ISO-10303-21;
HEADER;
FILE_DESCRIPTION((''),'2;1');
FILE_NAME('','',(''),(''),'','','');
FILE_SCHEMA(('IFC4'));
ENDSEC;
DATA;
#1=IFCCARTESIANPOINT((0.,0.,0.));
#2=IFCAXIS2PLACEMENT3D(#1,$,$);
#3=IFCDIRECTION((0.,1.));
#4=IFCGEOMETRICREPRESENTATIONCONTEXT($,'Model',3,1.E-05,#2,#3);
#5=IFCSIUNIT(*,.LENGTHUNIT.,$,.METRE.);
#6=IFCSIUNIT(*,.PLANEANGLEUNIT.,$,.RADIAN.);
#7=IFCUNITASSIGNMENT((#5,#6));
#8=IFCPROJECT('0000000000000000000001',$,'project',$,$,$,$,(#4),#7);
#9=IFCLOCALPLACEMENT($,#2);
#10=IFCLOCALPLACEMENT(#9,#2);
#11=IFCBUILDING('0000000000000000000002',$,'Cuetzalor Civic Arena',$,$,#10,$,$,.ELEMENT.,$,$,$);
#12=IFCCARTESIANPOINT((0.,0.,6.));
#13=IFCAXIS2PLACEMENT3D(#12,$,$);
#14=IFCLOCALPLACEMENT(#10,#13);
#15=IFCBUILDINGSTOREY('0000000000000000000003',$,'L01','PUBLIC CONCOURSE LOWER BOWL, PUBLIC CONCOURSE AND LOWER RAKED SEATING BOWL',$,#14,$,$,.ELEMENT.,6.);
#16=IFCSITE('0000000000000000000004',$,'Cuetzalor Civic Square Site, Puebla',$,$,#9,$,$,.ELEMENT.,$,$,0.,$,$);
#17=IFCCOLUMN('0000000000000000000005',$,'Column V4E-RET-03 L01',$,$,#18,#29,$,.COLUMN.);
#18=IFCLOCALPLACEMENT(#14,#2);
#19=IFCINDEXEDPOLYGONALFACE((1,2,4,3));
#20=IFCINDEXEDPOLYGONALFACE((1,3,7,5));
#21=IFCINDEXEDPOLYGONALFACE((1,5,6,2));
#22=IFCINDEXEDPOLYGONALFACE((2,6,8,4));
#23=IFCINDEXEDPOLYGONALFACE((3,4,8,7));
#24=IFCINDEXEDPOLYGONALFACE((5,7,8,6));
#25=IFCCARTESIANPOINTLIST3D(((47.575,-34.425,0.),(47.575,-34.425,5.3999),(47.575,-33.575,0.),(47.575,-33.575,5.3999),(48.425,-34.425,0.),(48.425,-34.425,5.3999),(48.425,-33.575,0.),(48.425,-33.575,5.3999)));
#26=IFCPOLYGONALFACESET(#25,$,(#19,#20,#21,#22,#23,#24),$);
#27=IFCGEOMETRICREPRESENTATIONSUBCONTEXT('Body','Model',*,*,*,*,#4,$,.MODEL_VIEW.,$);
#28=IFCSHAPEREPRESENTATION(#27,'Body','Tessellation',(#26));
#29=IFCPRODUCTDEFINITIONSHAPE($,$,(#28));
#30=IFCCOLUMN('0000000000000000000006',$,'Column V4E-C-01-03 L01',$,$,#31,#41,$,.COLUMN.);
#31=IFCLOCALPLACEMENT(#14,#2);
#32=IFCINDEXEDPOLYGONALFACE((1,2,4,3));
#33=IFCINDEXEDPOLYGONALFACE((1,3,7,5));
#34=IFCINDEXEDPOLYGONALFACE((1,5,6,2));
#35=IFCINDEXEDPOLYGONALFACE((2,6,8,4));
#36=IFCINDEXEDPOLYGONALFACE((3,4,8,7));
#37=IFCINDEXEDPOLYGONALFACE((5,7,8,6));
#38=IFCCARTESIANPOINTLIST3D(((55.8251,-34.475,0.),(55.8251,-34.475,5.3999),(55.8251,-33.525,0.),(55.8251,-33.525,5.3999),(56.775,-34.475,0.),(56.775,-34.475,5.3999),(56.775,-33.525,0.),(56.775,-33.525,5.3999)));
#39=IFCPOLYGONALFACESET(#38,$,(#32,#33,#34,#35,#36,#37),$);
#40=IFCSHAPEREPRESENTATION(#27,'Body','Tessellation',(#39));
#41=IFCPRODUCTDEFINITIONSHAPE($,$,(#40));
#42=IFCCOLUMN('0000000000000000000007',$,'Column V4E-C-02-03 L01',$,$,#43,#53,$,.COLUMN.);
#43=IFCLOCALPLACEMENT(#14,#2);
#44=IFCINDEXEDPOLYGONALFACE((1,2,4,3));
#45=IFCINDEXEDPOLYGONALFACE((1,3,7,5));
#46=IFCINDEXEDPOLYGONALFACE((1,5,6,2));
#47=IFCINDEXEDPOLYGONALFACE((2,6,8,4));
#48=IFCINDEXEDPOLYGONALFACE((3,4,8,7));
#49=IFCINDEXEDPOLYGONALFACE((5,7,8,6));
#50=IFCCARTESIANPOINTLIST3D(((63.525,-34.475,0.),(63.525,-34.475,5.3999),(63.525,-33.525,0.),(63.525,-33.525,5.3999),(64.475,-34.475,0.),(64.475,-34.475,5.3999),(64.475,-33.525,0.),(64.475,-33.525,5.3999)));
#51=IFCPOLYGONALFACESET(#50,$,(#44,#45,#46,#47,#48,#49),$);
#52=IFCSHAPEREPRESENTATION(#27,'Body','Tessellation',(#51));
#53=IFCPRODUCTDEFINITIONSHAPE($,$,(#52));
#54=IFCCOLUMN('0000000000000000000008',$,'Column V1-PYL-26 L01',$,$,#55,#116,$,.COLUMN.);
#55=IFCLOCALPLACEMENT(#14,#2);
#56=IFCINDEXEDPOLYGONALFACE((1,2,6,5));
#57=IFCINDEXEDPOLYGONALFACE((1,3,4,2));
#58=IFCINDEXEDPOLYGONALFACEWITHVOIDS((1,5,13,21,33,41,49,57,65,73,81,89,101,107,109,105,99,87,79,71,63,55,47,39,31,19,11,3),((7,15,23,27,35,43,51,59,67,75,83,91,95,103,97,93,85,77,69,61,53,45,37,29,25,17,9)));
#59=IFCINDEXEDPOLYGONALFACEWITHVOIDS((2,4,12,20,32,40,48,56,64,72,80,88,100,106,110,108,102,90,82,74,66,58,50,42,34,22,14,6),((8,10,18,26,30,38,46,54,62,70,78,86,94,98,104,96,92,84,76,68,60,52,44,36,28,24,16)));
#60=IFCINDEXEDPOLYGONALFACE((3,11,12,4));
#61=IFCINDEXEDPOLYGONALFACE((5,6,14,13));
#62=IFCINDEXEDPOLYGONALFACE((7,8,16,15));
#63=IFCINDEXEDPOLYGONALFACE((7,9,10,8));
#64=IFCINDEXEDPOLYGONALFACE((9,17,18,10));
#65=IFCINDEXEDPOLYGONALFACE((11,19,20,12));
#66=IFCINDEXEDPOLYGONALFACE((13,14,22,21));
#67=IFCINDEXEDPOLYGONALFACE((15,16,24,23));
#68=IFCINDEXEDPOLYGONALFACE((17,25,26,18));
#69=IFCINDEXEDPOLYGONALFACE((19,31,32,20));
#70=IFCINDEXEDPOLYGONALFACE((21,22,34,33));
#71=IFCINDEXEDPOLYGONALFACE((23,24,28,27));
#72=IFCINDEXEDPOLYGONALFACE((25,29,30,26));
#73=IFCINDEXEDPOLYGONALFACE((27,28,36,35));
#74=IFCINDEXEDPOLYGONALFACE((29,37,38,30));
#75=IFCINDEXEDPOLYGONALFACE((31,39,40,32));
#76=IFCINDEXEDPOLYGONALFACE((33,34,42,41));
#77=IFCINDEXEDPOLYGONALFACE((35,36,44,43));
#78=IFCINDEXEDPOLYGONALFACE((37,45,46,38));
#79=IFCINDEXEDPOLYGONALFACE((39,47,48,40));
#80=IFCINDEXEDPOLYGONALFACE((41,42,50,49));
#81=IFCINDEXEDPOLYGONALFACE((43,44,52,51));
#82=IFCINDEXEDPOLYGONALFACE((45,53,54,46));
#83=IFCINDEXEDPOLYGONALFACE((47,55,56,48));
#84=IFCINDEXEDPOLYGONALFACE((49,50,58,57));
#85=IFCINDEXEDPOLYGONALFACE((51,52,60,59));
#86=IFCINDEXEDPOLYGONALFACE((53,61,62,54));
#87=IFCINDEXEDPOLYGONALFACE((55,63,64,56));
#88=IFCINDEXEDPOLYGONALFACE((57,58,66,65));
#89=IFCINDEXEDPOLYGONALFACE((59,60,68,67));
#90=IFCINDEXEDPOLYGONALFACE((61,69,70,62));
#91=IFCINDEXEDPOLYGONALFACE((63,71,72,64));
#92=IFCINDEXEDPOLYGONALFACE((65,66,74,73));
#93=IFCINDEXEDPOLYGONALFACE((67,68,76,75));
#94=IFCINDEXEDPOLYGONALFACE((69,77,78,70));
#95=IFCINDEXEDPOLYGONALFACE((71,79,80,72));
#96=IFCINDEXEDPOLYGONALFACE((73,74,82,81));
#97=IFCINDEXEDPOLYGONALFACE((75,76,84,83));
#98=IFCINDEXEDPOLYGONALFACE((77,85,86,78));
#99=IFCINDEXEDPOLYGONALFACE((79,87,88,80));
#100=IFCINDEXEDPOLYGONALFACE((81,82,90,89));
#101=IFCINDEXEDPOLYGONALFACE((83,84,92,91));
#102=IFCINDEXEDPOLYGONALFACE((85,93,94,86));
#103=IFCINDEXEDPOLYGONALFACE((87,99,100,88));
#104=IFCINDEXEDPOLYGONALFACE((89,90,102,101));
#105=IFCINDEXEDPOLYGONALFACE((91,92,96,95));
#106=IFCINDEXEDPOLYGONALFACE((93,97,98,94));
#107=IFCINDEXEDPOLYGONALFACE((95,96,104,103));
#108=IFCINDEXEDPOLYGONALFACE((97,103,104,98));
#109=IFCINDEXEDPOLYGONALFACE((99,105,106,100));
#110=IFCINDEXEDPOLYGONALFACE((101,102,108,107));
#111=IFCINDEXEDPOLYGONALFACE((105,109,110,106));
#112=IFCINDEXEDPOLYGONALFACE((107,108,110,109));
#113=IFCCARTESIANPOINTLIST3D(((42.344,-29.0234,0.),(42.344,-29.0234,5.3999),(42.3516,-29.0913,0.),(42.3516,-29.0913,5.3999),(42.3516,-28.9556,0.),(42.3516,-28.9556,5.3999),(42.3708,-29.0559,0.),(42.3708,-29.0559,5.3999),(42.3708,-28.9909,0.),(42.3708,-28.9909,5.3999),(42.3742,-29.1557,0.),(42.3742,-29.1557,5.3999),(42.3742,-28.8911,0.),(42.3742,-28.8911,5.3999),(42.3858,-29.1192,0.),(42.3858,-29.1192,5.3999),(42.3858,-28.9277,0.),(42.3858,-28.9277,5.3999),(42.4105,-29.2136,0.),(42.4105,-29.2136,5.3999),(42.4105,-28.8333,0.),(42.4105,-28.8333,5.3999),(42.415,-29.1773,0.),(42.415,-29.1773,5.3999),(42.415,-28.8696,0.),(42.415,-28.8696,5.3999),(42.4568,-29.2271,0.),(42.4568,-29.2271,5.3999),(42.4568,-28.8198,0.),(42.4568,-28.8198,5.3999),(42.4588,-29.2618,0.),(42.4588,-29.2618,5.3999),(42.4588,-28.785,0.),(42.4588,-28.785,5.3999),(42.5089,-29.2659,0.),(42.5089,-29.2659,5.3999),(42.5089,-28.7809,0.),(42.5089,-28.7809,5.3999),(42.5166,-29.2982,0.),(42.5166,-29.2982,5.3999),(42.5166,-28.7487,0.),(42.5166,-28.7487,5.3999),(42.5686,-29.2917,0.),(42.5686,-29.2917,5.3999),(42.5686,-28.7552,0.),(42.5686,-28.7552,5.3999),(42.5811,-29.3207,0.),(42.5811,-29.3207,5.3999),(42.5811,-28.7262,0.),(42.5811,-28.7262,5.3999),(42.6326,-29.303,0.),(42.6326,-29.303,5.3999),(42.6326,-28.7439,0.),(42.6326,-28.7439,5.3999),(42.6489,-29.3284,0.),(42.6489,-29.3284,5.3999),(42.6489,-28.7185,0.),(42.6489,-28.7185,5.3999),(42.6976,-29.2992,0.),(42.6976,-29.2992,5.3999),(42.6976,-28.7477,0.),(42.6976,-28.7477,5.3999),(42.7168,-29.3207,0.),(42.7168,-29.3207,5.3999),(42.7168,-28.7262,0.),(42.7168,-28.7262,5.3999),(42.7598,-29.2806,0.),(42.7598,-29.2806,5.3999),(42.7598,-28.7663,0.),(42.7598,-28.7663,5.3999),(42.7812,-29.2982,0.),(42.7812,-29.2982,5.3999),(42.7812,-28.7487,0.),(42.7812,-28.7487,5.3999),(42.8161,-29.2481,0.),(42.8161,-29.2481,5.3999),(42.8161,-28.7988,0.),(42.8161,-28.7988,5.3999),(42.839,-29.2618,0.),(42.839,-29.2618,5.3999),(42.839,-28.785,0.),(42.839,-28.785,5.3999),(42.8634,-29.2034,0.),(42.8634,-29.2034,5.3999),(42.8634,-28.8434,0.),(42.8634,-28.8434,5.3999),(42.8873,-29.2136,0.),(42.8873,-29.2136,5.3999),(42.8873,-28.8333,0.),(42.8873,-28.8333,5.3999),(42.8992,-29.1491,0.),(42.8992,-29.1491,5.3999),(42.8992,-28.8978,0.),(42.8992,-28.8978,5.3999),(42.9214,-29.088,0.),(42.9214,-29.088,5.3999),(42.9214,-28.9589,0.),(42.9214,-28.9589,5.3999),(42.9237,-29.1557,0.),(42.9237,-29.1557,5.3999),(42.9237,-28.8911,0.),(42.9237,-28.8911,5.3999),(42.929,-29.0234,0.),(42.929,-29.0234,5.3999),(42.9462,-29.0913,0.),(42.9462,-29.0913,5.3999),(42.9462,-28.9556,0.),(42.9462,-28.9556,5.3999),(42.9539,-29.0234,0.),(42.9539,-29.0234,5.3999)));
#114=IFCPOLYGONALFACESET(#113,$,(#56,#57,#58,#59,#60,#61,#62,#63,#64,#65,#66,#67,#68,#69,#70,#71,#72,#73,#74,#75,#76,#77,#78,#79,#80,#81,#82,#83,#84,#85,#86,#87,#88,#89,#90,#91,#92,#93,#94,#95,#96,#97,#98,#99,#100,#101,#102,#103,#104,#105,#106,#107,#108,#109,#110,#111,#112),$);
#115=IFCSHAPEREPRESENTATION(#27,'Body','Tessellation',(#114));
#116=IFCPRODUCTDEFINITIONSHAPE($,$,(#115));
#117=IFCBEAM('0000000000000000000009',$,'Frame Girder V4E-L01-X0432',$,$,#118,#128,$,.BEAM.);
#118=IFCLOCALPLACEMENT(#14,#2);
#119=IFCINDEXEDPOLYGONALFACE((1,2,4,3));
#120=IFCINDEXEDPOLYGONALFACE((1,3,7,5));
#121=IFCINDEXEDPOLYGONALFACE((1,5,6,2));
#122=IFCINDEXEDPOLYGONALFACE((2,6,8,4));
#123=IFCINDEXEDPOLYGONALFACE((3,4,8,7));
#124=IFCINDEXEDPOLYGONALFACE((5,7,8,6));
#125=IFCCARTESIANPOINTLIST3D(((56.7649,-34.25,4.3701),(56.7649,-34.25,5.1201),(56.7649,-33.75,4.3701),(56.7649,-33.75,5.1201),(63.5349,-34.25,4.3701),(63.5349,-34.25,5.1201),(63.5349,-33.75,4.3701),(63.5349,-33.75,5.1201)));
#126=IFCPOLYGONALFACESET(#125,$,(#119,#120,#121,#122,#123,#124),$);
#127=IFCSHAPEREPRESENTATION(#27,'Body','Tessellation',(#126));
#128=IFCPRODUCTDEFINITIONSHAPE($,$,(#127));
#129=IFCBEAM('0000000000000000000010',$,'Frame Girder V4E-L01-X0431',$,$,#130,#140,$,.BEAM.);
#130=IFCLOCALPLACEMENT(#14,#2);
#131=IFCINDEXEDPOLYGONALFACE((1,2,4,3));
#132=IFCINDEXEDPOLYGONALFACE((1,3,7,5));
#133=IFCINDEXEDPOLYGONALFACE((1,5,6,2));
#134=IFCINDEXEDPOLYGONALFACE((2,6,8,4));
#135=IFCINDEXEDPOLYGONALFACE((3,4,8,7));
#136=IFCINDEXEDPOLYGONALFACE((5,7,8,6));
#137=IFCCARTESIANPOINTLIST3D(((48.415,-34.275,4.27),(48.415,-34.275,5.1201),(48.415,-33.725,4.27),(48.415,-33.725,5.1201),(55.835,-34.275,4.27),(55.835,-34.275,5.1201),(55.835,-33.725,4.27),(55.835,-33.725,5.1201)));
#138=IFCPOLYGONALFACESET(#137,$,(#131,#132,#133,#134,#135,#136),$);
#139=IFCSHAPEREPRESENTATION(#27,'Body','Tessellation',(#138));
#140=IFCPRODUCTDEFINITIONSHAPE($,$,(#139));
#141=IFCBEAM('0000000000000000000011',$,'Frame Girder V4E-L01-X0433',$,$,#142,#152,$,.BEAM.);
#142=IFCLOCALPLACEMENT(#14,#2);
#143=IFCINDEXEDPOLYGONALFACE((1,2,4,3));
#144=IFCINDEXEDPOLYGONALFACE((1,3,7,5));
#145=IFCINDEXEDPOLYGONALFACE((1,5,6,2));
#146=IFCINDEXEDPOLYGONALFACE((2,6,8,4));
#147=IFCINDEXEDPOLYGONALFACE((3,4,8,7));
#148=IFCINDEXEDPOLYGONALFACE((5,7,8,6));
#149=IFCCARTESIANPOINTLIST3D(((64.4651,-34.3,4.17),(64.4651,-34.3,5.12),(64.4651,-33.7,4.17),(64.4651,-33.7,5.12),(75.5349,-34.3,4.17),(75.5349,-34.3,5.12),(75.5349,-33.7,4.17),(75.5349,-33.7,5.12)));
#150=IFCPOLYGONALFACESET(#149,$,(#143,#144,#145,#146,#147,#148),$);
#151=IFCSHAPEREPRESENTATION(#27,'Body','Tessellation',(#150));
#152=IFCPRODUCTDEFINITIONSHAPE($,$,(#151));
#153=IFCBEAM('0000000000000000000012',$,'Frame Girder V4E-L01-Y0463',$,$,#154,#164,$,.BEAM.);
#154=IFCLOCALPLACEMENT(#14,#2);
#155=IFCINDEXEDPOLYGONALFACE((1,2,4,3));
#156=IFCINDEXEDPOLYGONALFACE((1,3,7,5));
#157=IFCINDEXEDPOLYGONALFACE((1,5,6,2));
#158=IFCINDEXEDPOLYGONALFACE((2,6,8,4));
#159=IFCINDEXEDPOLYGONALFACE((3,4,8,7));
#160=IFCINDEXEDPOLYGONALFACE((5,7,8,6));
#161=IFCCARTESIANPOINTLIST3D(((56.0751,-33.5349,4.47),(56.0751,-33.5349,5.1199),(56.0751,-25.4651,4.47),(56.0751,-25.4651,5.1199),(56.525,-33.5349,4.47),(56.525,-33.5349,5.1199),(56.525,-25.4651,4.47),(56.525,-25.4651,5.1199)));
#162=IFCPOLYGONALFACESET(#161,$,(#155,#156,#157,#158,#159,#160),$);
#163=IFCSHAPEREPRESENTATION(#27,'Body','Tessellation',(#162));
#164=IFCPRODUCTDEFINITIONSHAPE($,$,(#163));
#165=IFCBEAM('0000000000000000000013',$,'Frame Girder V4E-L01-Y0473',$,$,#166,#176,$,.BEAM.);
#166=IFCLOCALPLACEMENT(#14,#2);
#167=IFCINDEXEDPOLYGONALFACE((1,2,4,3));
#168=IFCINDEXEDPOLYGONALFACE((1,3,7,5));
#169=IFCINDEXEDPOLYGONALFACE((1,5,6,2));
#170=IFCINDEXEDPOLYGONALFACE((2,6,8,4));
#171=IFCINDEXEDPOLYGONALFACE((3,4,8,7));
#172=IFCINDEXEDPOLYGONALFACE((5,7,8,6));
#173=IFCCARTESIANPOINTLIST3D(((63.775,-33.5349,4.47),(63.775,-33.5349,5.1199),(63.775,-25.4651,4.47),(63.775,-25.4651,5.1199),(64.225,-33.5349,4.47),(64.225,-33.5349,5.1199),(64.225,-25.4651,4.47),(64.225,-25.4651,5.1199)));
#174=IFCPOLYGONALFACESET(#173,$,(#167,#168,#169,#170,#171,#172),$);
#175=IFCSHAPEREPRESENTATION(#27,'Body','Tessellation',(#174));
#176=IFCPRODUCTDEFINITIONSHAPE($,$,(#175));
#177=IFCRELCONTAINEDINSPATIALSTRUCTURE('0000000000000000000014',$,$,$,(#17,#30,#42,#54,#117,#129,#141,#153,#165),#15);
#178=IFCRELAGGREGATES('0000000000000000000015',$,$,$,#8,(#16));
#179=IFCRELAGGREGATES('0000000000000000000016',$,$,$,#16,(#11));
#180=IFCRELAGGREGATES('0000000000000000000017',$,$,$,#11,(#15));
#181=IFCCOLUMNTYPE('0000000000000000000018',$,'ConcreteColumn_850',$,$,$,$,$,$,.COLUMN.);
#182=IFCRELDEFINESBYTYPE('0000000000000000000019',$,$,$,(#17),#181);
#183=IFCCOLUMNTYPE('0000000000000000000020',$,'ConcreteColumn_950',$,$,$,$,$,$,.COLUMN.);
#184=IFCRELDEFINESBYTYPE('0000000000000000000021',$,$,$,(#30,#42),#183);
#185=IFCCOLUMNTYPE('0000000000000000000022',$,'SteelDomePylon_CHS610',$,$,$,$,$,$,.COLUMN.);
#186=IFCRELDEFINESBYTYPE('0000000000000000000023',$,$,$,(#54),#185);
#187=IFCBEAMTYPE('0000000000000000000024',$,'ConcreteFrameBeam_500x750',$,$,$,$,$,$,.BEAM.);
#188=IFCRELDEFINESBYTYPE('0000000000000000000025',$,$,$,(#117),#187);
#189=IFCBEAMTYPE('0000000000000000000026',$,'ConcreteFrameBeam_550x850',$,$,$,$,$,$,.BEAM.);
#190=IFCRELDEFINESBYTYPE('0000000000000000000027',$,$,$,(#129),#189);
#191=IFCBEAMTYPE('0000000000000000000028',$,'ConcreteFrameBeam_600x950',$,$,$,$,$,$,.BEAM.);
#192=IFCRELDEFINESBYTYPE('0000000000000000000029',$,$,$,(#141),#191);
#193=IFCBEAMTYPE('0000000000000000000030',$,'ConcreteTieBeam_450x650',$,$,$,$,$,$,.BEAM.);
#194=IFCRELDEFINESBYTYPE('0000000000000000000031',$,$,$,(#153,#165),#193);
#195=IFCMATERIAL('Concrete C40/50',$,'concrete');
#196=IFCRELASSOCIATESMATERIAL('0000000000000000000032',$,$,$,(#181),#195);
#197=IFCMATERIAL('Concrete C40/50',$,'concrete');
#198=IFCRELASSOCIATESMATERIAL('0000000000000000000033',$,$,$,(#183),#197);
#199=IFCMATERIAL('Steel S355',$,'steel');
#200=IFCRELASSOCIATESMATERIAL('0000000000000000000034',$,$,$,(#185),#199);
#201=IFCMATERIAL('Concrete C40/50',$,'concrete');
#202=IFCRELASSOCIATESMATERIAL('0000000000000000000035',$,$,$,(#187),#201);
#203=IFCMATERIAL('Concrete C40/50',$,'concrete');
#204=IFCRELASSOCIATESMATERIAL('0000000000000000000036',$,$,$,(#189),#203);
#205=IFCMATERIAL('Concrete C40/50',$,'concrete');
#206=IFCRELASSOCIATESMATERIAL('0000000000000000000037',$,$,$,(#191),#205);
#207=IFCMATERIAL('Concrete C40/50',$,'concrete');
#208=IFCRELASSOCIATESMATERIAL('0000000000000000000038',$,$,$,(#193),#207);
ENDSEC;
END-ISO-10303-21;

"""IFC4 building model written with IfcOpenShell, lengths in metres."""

from ifc_helpers import new_model, si_unit, direction, frame, origin, origin_2d, place, context, subcontext, project, spatial, rectangle, hollow_circle, extrude, material, material_profile, profile_set, type_object, element, save


model = new_model("IFC4")

# Units and contexts
model_context = context("Model", 3, precision=1e-05, world=origin(), true_north=direction((0.0, 1.0)))
body_context = subcontext(model_context, "Body", "Model", "MODEL_VIEW")
ifc_project = project(units=[si_unit("LENGTHUNIT", "METRE"), si_unit("PLANEANGLEUNIT", "RADIAN")], contexts=[model_context])

# Site, building, storey
site_placement = place(None, origin())
site = spatial("IfcSite", under=ifc_project, at=site_placement, Name="Cuetzalor Civic Square Site, Puebla", CompositionType="ELEMENT", RefElevation=0.0)
building_placement = place(site_placement, origin())
building = spatial("IfcBuilding", under=site, at=building_placement, Name="Cuetzalor Civic Arena", CompositionType="ELEMENT")
storey_placement = place(building_placement, frame((0.0, 0.0, 6.0)))
storey = spatial("IfcBuildingStorey", under=building, at=storey_placement, Name="L01", Description="PUBLIC CONCOURSE LOWER BOWL, PUBLIC CONCOURSE AND LOWER RAKED SEATING BOWL", CompositionType="ELEMENT", Elevation=6.0)

# Columns
ifc_material_1 = material(Name="Concrete C40/50", Category="concrete")
ifc_material_profile_1 = material_profile(ifc_material_1, rectangle(XDim=0.8501, YDim=0.8501, at=origin_2d()), Name="RC 850x850")
ifc_profile_set_1 = profile_set([ifc_material_profile_1], Name="Concrete C40/50")
column_type_1 = type_object("IfcColumnType", Name="ConcreteColumn_850", PredefinedType="COLUMN", material=ifc_profile_set_1)
column_1_placement = place(storey_placement, frame((48.0, -34.0, 0.0), z_axis=(0.0, 0.0, 1.0), x_axis=(1.0, 0.0, 0.0)))
element("IfcColumn", 1, at=column_1_placement, inside=storey, type_object=column_type_1, Name="Column V4E-RET-03 L01", PredefinedType="COLUMN", context=body_context, shape_type="SweptSolid", body=[
    extrude(rectangle(XDim=0.8501, YDim=0.8501, at=origin_2d()), origin(), (0.0, 0.0, 1.0), 5.3999),
])
ifc_material_2 = material(Name="Concrete C40/50", Category="concrete")
ifc_material_profile_2 = material_profile(ifc_material_2, rectangle(XDim=0.95, YDim=0.95, at=origin_2d()), Name="RC 950x950")
ifc_profile_set_2 = profile_set([ifc_material_profile_2], Name="Concrete C40/50")
column_type_2 = type_object("IfcColumnType", Name="ConcreteColumn_950", PredefinedType="COLUMN", material=ifc_profile_set_2)
for number, where, z_axis, x_axis, name in (
    (2, (56.3, -34.0, 0.0), (0.0, 0.0, 1.0), (1.0, 0.0, 0.0), "Column V4E-C-01-03 L01"),
    (3, (64.0, -34.0, 0.0), (0.0, 0.0, 1.0), (1.0, 0.0, 0.0), "Column V4E-C-02-03 L01"),
):
    element("IfcColumn", number, at=place(storey_placement, frame(where, z_axis=z_axis, x_axis=x_axis)), inside=storey, type_object=column_type_2, Name=name, PredefinedType="COLUMN", context=body_context, shape_type="SweptSolid", body=[
        extrude(rectangle(XDim=0.95, YDim=0.95, at=origin_2d()), origin(), (0.0, 0.0, 1.0), 5.3999),
    ])
ifc_material_3 = material(Name="Steel S355", Category="steel")
ifc_material_profile_3 = material_profile(ifc_material_3, hollow_circle(Radius=0.3049, WallThickness=0.0249, at=origin_2d()), Name="CHS 610x25")
ifc_profile_set_3 = profile_set([ifc_material_profile_3], Name="Steel S355")
column_type_3 = type_object("IfcColumnType", Name="SteelDomePylon_CHS610", PredefinedType="COLUMN", material=ifc_profile_set_3)
column_2_placement = place(storey_placement, frame((42.6489, -29.0234, 0.0), z_axis=(0.0, 0.0, 1.0), x_axis=(1.0, 0.0, 0.0)))
element("IfcColumn", 4, at=column_2_placement, inside=storey, type_object=column_type_3, Name="Column V1-PYL-26 L01", PredefinedType="COLUMN", context=body_context, shape_type="SweptSolid", body=[
    extrude(hollow_circle(Radius=0.3049, WallThickness=0.0249, at=origin_2d()), origin(), (0.0, 0.0, 1.0), 5.3999),
])

# Beams
ifc_material_4 = material(Name="Concrete C40/50", Category="concrete")
ifc_material_profile_4 = material_profile(ifc_material_4, rectangle(XDim=0.5, YDim=0.75, at=origin_2d()), Name="RC 500x750")
ifc_profile_set_4 = profile_set([ifc_material_profile_4], Name="Concrete C40/50")
beam_type_1 = type_object("IfcBeamType", Name="ConcreteFrameBeam_500x750", PredefinedType="BEAM", material=ifc_profile_set_4)
beam_1_placement = place(storey_placement, frame((56.7649, -34.0, 4.7451), z_axis=(1.0, 0.0, 0.0), x_axis=(0.0, 1.0, 0.0)))
element("IfcBeam", 5, at=beam_1_placement, inside=storey, type_object=beam_type_1, Name="Frame Girder V4E-L01-X0432", PredefinedType="BEAM", context=body_context, shape_type="SweptSolid", body=[
    extrude(rectangle(XDim=0.5, YDim=0.75, at=origin_2d()), origin(), (0.0, 0.0, 1.0), 6.77),
])
ifc_material_5 = material(Name="Concrete C40/50", Category="concrete")
ifc_material_profile_5 = material_profile(ifc_material_5, rectangle(XDim=0.55, YDim=0.8501, at=origin_2d()), Name="RC 550x850")
ifc_profile_set_5 = profile_set([ifc_material_profile_5], Name="Concrete C40/50")
beam_type_2 = type_object("IfcBeamType", Name="ConcreteFrameBeam_550x850", PredefinedType="BEAM", material=ifc_profile_set_5)
beam_2_placement = place(storey_placement, frame((48.415, -34.0, 4.6951), z_axis=(1.0, 0.0, 0.0), x_axis=(0.0, 1.0, 0.0)))
element("IfcBeam", 6, at=beam_2_placement, inside=storey, type_object=beam_type_2, Name="Frame Girder V4E-L01-X0431", PredefinedType="BEAM", context=body_context, shape_type="SweptSolid", body=[
    extrude(rectangle(XDim=0.55, YDim=0.8501, at=origin_2d()), origin(), (0.0, 0.0, 1.0), 7.4199),
])
ifc_material_6 = material(Name="Concrete C40/50", Category="concrete")
ifc_material_profile_6 = material_profile(ifc_material_6, rectangle(XDim=0.6001, YDim=0.95, at=origin_2d()), Name="RC 600x950")
ifc_profile_set_6 = profile_set([ifc_material_profile_6], Name="Concrete C40/50")
beam_type_3 = type_object("IfcBeamType", Name="ConcreteFrameBeam_600x950", PredefinedType="BEAM", material=ifc_profile_set_6)
beam_3_placement = place(storey_placement, frame((64.4651, -34.0, 4.645), z_axis=(1.0, 0.0, 0.0), x_axis=(0.0, 1.0, 0.0)))
element("IfcBeam", 7, at=beam_3_placement, inside=storey, type_object=beam_type_3, Name="Frame Girder V4E-L01-X0433", PredefinedType="BEAM", context=body_context, shape_type="SweptSolid", body=[
    extrude(rectangle(XDim=0.6001, YDim=0.95, at=origin_2d()), origin(), (0.0, 0.0, 1.0), 11.0698),
])
ifc_material_7 = material(Name="Concrete C40/50", Category="concrete")
ifc_material_profile_7 = material_profile(ifc_material_7, rectangle(XDim=0.45, YDim=0.6499, at=origin_2d()), Name="RC 450x650")
ifc_profile_set_7 = profile_set([ifc_material_profile_7], Name="Concrete C40/50")
beam_type_4 = type_object("IfcBeamType", Name="ConcreteTieBeam_450x650", PredefinedType="BEAM", material=ifc_profile_set_7)
for number, where, z_axis, x_axis, name in (
    (8, (56.3, -33.5349, 4.7949), (0.0, 1.0, 0.0), (-1.0, 0.0, 0.0), "Frame Girder V4E-L01-Y0463"),
    (9, (64.0, -33.5349, 4.7949), (0.0, 1.0, 0.0), (-1.0, 0.0, 0.0), "Frame Girder V4E-L01-Y0473"),
):
    element("IfcBeam", number, at=place(storey_placement, frame(where, z_axis=z_axis, x_axis=x_axis)), inside=storey, type_object=beam_type_4, Name=name, PredefinedType="BEAM", context=body_context, shape_type="SweptSolid", body=[
        extrude(rectangle(XDim=0.45, YDim=0.6499, at=origin_2d()), origin(), (0.0, 0.0, 1.0), 8.0698),
    ])

save(model, "model.ifc")
